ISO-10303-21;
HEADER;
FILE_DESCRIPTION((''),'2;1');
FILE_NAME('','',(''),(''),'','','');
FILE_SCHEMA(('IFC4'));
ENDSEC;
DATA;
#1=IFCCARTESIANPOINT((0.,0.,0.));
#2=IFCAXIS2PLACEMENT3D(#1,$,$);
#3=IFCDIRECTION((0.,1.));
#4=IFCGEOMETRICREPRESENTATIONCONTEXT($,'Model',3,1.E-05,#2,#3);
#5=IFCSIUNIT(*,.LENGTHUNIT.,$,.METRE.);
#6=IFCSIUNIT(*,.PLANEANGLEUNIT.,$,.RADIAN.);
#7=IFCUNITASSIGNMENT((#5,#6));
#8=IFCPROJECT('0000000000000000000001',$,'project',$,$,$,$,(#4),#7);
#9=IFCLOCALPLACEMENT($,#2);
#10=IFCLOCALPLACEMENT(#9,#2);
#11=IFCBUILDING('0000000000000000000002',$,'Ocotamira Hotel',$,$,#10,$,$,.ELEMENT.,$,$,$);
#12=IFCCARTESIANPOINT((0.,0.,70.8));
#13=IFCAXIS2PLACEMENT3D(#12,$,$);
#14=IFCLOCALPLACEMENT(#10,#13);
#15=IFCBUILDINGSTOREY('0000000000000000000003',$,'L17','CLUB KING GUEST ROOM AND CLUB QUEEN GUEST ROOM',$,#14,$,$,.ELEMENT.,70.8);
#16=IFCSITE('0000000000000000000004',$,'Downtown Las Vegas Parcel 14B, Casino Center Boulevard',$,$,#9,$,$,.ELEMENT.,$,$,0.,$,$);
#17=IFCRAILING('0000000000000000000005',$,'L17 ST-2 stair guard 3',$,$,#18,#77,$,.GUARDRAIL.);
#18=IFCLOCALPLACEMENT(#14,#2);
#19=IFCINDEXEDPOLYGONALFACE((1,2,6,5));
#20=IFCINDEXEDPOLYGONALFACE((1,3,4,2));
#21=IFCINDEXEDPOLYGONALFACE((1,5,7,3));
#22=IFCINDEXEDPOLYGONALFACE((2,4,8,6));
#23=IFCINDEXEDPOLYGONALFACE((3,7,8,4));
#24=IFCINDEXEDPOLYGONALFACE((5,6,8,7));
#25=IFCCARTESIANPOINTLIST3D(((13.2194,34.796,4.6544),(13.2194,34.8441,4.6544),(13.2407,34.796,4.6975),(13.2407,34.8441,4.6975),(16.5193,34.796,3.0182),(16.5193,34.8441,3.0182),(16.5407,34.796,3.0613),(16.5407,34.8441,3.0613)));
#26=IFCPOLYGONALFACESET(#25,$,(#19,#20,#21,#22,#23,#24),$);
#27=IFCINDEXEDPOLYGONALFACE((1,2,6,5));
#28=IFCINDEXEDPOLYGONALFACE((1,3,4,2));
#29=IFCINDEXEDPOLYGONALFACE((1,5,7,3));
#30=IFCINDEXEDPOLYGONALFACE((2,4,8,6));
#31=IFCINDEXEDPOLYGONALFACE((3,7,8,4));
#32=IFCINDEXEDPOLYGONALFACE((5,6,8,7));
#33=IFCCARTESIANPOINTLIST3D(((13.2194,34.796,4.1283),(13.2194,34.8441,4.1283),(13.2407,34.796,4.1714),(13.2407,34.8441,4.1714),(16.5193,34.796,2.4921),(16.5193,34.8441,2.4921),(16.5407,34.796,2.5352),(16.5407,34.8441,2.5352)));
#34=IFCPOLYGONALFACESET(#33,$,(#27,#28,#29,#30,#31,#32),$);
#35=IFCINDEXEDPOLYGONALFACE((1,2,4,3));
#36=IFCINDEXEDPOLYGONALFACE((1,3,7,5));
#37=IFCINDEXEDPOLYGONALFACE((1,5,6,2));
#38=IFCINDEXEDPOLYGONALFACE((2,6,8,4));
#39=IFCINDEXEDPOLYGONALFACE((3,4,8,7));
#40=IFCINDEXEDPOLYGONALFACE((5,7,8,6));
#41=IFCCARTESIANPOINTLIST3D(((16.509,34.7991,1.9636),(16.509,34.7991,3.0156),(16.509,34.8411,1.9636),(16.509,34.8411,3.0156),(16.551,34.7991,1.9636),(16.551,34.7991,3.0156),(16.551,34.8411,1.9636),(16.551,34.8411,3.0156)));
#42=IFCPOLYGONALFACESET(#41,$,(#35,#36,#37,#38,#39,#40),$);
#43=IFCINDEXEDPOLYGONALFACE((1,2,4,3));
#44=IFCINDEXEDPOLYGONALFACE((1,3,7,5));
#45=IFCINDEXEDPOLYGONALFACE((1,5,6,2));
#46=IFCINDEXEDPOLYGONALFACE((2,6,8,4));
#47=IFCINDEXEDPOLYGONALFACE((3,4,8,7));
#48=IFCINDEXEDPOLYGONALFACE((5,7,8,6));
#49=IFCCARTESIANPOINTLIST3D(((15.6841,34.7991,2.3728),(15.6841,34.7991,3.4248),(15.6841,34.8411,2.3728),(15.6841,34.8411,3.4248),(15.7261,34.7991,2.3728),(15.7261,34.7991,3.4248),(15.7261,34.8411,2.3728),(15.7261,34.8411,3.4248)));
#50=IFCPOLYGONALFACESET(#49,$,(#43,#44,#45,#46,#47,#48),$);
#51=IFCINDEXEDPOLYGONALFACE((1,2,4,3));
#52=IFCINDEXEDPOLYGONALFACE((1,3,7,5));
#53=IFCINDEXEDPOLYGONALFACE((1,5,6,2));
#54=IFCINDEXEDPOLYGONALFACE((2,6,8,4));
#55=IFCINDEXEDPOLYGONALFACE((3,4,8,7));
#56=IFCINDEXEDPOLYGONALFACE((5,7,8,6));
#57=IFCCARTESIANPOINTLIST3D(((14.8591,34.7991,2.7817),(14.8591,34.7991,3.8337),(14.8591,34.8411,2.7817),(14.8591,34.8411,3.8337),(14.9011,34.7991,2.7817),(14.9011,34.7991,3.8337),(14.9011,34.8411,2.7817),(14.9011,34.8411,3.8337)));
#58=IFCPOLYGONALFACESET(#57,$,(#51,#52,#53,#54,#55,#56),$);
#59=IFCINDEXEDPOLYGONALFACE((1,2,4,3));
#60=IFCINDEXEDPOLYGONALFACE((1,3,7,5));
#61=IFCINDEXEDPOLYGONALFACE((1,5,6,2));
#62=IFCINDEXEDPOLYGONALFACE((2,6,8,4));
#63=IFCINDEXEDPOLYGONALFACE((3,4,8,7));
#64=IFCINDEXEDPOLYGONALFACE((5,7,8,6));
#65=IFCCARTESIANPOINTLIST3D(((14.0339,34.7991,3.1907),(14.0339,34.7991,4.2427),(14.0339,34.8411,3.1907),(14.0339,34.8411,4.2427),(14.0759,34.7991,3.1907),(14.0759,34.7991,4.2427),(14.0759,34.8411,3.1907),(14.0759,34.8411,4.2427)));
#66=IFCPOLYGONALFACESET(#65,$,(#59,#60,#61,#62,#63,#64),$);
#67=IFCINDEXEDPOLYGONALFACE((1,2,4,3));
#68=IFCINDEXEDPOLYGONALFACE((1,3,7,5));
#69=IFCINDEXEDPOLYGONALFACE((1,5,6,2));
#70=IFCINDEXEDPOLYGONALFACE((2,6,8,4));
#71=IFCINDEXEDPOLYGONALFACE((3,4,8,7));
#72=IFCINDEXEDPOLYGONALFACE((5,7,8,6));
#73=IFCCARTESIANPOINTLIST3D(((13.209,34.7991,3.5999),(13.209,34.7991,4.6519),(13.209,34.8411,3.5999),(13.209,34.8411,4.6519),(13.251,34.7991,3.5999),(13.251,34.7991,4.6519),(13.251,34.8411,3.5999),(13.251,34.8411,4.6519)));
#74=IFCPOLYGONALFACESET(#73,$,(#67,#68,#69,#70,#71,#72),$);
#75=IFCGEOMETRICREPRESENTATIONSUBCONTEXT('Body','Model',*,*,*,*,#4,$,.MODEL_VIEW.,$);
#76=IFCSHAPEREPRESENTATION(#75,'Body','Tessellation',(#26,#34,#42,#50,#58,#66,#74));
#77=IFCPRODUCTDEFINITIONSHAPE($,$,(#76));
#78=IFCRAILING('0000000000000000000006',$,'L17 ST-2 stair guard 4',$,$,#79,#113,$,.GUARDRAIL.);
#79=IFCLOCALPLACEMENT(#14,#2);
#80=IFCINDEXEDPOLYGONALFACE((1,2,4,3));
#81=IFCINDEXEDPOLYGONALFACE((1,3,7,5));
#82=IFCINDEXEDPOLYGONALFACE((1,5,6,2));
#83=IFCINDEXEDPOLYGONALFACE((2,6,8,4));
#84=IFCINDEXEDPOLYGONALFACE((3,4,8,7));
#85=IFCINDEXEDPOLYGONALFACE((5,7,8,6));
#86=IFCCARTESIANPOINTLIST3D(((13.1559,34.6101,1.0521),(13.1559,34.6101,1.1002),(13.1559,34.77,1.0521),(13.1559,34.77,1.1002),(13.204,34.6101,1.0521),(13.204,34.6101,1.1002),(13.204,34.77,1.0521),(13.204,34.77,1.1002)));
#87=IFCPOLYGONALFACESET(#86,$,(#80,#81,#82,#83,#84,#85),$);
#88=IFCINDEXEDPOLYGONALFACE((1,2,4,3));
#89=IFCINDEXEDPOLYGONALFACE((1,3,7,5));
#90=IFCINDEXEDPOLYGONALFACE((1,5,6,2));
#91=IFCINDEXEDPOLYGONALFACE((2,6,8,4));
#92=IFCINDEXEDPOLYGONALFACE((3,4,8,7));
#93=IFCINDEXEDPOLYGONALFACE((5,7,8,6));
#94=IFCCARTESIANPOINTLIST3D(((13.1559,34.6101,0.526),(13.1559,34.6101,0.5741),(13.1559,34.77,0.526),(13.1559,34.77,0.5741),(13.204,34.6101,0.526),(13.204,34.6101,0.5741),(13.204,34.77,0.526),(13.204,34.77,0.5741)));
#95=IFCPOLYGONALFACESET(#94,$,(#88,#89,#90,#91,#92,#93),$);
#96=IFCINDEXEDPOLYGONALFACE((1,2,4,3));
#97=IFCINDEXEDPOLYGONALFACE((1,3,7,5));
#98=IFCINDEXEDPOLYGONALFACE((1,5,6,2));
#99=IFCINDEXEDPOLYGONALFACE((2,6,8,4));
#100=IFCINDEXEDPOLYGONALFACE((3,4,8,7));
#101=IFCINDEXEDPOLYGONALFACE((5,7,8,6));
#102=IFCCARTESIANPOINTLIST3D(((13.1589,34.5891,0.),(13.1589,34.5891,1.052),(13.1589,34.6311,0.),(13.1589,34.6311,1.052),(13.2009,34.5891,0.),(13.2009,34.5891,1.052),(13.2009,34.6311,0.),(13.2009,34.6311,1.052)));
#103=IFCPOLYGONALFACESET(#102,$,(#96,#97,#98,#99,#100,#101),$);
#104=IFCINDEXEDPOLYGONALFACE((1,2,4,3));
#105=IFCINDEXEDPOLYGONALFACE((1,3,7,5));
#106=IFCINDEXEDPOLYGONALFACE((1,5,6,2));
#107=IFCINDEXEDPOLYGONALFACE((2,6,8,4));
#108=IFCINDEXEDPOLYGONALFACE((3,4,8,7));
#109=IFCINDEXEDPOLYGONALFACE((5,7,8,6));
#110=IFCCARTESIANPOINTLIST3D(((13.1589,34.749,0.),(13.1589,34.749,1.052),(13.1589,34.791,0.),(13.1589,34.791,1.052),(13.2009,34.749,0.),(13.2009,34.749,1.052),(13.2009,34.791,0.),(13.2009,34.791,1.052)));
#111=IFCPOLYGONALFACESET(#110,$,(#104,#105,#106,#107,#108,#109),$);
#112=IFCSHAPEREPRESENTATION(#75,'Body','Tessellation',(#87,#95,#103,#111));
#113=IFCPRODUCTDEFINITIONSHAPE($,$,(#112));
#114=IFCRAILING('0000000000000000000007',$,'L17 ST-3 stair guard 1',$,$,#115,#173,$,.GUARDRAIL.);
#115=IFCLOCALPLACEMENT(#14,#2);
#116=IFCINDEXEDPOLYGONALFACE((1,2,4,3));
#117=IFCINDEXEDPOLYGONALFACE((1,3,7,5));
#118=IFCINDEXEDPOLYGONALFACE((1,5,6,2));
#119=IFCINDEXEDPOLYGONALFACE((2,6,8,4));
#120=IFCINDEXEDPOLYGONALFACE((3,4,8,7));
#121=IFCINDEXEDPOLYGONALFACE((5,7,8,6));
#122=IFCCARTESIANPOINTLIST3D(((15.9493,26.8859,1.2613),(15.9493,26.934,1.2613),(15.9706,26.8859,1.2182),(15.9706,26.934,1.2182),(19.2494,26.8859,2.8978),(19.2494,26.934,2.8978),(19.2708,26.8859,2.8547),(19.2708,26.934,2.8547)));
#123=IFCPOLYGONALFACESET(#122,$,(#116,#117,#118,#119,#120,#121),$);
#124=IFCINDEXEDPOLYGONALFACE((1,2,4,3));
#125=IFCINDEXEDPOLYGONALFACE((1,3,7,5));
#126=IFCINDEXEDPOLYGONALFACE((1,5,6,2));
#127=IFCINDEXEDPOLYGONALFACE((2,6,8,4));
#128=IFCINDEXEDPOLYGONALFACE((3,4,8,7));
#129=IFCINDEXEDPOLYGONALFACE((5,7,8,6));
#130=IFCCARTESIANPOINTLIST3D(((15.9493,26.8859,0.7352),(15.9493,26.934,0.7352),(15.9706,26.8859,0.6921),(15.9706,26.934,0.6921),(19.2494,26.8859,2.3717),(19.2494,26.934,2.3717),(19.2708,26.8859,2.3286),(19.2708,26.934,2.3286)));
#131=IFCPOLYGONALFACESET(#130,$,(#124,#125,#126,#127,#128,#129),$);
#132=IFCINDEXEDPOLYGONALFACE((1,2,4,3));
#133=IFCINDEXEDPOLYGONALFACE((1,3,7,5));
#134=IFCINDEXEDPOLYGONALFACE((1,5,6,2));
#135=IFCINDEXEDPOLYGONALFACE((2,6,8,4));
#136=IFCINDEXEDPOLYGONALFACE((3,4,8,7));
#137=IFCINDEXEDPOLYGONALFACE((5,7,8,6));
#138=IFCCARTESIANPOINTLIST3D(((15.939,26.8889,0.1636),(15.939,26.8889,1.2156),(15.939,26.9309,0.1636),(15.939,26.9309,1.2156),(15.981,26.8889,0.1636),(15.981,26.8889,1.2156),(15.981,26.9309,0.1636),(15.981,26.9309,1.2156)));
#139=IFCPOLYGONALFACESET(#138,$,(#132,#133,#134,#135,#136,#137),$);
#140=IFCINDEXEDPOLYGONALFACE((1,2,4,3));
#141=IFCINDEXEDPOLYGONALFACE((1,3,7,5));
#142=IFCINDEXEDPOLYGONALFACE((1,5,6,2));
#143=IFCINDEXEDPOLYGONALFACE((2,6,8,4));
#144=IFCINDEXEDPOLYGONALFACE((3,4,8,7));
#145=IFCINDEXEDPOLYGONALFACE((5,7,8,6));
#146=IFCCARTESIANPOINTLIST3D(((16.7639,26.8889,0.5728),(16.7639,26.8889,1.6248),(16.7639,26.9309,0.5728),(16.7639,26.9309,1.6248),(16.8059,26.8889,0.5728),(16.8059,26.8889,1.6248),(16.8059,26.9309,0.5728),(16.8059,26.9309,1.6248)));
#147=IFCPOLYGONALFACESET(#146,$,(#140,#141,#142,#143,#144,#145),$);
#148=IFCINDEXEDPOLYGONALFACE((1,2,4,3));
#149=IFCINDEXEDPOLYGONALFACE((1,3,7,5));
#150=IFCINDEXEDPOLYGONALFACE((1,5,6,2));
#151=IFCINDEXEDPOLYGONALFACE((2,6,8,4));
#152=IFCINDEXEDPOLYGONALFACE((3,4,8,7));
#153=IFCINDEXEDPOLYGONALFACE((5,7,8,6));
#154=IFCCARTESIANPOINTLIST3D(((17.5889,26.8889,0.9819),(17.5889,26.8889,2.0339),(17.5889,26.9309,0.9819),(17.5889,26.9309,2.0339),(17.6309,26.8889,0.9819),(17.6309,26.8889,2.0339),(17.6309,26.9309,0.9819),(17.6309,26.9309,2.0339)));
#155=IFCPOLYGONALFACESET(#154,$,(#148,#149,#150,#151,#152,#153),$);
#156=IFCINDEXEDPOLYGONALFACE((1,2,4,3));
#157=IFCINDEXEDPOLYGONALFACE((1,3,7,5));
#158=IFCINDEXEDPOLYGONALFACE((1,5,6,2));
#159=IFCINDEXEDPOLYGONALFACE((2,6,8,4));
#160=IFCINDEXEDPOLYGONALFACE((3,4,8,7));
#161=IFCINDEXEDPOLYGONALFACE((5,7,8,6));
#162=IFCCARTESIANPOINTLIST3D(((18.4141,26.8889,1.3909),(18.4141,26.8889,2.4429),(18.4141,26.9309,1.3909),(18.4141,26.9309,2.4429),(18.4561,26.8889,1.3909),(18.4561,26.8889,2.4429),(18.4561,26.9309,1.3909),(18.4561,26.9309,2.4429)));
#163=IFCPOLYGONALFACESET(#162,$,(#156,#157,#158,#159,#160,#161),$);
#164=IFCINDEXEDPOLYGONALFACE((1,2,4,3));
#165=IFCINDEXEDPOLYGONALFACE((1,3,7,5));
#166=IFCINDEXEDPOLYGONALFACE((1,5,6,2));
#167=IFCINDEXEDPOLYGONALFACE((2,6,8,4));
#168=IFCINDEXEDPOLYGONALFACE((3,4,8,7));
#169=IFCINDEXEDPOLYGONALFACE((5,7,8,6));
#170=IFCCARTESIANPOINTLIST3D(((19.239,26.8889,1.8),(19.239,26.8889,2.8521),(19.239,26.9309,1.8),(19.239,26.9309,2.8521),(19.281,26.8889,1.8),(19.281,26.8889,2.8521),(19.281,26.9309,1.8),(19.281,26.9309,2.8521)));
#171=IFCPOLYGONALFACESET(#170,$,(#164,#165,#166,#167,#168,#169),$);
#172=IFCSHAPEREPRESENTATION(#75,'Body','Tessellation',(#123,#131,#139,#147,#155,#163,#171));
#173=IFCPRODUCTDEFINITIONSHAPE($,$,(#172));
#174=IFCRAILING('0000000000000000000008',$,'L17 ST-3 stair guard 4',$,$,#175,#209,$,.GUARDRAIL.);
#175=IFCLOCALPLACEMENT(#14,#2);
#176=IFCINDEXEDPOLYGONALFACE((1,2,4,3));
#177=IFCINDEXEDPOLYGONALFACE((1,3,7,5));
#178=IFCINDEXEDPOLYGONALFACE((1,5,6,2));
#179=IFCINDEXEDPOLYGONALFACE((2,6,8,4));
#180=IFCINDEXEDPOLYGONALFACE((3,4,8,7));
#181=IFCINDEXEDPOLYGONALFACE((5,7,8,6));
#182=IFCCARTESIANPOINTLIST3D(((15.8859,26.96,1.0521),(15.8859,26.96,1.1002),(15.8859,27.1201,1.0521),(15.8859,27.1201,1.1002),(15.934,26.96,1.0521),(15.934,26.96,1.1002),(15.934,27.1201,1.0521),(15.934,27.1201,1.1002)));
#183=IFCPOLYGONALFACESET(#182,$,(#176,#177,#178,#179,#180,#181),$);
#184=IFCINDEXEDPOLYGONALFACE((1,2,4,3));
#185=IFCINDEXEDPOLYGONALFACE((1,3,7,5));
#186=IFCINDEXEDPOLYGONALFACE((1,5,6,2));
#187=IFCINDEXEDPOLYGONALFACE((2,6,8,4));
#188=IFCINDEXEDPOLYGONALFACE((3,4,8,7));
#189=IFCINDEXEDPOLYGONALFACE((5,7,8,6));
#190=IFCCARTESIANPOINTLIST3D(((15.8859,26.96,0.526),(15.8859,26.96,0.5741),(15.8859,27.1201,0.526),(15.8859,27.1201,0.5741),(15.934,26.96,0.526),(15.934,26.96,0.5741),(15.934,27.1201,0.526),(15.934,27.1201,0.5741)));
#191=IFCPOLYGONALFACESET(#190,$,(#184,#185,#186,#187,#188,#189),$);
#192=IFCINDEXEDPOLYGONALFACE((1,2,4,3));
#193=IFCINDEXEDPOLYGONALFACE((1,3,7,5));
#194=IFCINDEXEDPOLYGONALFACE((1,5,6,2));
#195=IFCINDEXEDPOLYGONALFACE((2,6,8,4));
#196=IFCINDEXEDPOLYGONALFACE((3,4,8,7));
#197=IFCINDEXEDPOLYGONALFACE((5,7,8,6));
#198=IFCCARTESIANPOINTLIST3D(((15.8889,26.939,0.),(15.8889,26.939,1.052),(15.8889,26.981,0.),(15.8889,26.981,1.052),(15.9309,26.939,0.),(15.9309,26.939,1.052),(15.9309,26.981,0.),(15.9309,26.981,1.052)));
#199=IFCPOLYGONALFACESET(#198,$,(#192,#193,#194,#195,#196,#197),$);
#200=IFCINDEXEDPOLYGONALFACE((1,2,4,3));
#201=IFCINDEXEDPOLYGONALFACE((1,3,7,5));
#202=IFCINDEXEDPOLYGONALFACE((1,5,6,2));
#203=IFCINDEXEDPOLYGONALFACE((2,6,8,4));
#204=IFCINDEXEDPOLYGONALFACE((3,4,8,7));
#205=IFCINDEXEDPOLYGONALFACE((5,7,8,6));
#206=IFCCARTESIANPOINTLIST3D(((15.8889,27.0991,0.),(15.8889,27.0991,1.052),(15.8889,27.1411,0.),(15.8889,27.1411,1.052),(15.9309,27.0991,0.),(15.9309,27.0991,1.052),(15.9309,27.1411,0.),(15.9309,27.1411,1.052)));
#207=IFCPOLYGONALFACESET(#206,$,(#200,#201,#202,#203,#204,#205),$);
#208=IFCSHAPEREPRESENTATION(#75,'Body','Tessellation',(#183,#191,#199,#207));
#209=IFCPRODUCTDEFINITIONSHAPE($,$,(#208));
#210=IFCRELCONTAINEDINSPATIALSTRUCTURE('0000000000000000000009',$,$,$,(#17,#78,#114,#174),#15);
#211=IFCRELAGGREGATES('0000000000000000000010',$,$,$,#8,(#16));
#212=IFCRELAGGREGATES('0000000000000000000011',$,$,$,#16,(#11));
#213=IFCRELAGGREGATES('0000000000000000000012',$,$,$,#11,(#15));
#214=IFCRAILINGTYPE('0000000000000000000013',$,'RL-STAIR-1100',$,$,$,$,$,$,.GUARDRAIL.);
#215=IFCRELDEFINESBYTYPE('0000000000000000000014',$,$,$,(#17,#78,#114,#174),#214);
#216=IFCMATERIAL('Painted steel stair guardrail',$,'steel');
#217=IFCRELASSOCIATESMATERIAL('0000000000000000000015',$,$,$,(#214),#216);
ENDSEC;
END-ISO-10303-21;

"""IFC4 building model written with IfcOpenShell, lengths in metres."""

from ifc_helpers import new_model, si_unit, direction, frame, origin, origin_2d, place, context, subcontext, project, spatial, rectangle, extrude, material, type_object, element, save


model = new_model("IFC4")

# Units and contexts
model_context = context("Model", 3, precision=1e-05, world=origin(), true_north=direction((0.0, 1.0)))
body_context = subcontext(model_context, "Body", "Model", "MODEL_VIEW")
ifc_project = project(units=[si_unit("LENGTHUNIT", "METRE"), si_unit("PLANEANGLEUNIT", "RADIAN")], contexts=[model_context])

# Site, building, storey
site_placement = place(None, origin())
site = spatial("IfcSite", under=ifc_project, at=site_placement, Name="Downtown Las Vegas Parcel 14B, Casino Center Boulevard", CompositionType="ELEMENT", RefElevation=0.0)
building_placement = place(site_placement, origin())
building = spatial("IfcBuilding", under=site, at=building_placement, Name="Ocotamira Hotel", CompositionType="ELEMENT")
storey_placement = place(building_placement, frame((0.0, 0.0, 70.8)))
storey = spatial("IfcBuildingStorey", under=building, at=storey_placement, Name="L17", Description="CLUB KING GUEST ROOM AND CLUB QUEEN GUEST ROOM", CompositionType="ELEMENT", Elevation=70.8)

# Railings
ifc_material_1 = material(Name="Painted steel stair guardrail", Category="steel")
railing_type_1 = type_object("IfcRailingType", Name="RL-STAIR-1100", PredefinedType="GUARDRAIL", material=ifc_material_1)
railing_1_placement = place(storey_placement, frame((16.53, 34.8201, 1.9636)))
element("IfcRailing", 1, at=railing_1_placement, inside=storey, type_object=railing_type_1, Name="L17 ST-2 stair guard 3", PredefinedType="GUARDRAIL", context=body_context, shape_type="SweptSolid", body=[
    extrude(rectangle(XDim=0.0481, YDim=0.0481, at=origin_2d()), frame((0.0, 0.0, 1.0762), z_axis=(-0.89592, 0.0, 0.444215), x_axis=(0.0, -1.0, 0.0)), (0.0, 0.0, 1.0), 3.6833),
    extrude(rectangle(XDim=0.0481, YDim=0.0481, at=origin_2d()), frame((0.0, 0.0, 0.55), z_axis=(-0.89592, 0.0, 0.444215), x_axis=(0.0, -1.0, 0.0)), (0.0, 0.0, 1.0), 3.6833),
    extrude(rectangle(XDim=0.042, YDim=0.042, at=origin_2d()), origin(), (0.0, 0.0, 1.0), 1.052),
    extrude(rectangle(XDim=0.042, YDim=0.042, at=origin_2d()), frame((-0.825, 0.0, 0.4092)), (0.0, 0.0, 1.0), 1.052),
    extrude(rectangle(XDim=0.042, YDim=0.042, at=origin_2d()), frame((-1.6499, 0.0, 0.8181)), (0.0, 0.0, 1.0), 1.052),
    extrude(rectangle(XDim=0.042, YDim=0.042, at=origin_2d()), frame((-2.4751, 0.0, 1.2271)), (0.0, 0.0, 1.0), 1.052),
    extrude(rectangle(XDim=0.042, YDim=0.042, at=origin_2d()), frame((-3.3, 0.0, 1.6362)), (0.0, 0.0, 1.0), 1.052),
])
railing_2_placement = place(storey_placement, frame((13.1799, 34.6101, 0.0)))
element("IfcRailing", 2, at=railing_2_placement, inside=storey, type_object=railing_type_1, Name="L17 ST-2 stair guard 4", PredefinedType="GUARDRAIL", context=body_context, shape_type="SweptSolid", body=[
    extrude(rectangle(XDim=0.0481, YDim=0.0481, at=origin_2d()), frame((0.0, 0.0, 1.0762), z_axis=(0.0, 1.0, 0.0), x_axis=(-1.0, 0.0, 0.0)), (0.0, 0.0, 1.0), 0.1599),
    extrude(rectangle(XDim=0.0481, YDim=0.0481, at=origin_2d()), frame((0.0, 0.0, 0.55), z_axis=(0.0, 1.0, 0.0), x_axis=(-1.0, 0.0, 0.0)), (0.0, 0.0, 1.0), 0.1599),
    extrude(rectangle(XDim=0.042, YDim=0.042, at=origin_2d()), origin(), (0.0, 0.0, 1.0), 1.052),
    extrude(rectangle(XDim=0.042, YDim=0.042, at=origin_2d()), frame((0.0, 0.1599, 0.0)), (0.0, 0.0, 1.0), 1.052),
])
railing_3_placement = place(storey_placement, frame((15.96, 26.9099, 0.1636)))
element("IfcRailing", 3, at=railing_3_placement, inside=storey, type_object=railing_type_1, Name="L17 ST-3 stair guard 1", PredefinedType="GUARDRAIL", context=body_context, shape_type="SweptSolid", body=[
    extrude(rectangle(XDim=0.0481, YDim=0.0481, at=origin_2d()), frame((0.0, 0.0, 1.0762), z_axis=(0.895894, 0.0, 0.444268), x_axis=(0.0, 1.0, 0.0)), (0.0, 0.0, 1.0), 3.6836),
    extrude(rectangle(XDim=0.0481, YDim=0.0481, at=origin_2d()), frame((0.0, 0.0, 0.55), z_axis=(0.895894, 0.0, 0.444268), x_axis=(0.0, 1.0, 0.0)), (0.0, 0.0, 1.0), 3.6836),
    extrude(rectangle(XDim=0.042, YDim=0.042, at=origin_2d()), origin(), (0.0, 0.0, 1.0), 1.052),
    extrude(rectangle(XDim=0.042, YDim=0.042, at=origin_2d()), frame((0.825, 0.0, 0.4092)), (0.0, 0.0, 1.0), 1.052),
    extrude(rectangle(XDim=0.042, YDim=0.042, at=origin_2d()), frame((1.6499, 0.0, 0.8184)), (0.0, 0.0, 1.0), 1.052),
    extrude(rectangle(XDim=0.042, YDim=0.042, at=origin_2d()), frame((2.4751, 0.0, 1.2273)), (0.0, 0.0, 1.0), 1.052),
    extrude(rectangle(XDim=0.042, YDim=0.042, at=origin_2d()), frame((3.3, 0.0, 1.6365)), (0.0, 0.0, 1.0), 1.052),
])
railing_4_placement = place(storey_placement, frame((15.9099, 26.96, 0.0)))
element("IfcRailing", 4, at=railing_4_placement, inside=storey, type_object=railing_type_1, Name="L17 ST-3 stair guard 4", PredefinedType="GUARDRAIL", context=body_context, shape_type="SweptSolid", body=[
    extrude(rectangle(XDim=0.0481, YDim=0.0481, at=origin_2d()), frame((0.0, 0.0, 1.0762), z_axis=(0.0, 1.0, 0.0), x_axis=(-1.0, 0.0, 0.0)), (0.0, 0.0, 1.0), 0.1602),
    extrude(rectangle(XDim=0.0481, YDim=0.0481, at=origin_2d()), frame((0.0, 0.0, 0.55), z_axis=(0.0, 1.0, 0.0), x_axis=(-1.0, 0.0, 0.0)), (0.0, 0.0, 1.0), 0.1602),
    extrude(rectangle(XDim=0.042, YDim=0.042, at=origin_2d()), origin(), (0.0, 0.0, 1.0), 1.052),
    extrude(rectangle(XDim=0.042, YDim=0.042, at=origin_2d()), frame((0.0, 0.1602, 0.0)), (0.0, 0.0, 1.0), 1.052),
])

save(model, "model.ifc")
